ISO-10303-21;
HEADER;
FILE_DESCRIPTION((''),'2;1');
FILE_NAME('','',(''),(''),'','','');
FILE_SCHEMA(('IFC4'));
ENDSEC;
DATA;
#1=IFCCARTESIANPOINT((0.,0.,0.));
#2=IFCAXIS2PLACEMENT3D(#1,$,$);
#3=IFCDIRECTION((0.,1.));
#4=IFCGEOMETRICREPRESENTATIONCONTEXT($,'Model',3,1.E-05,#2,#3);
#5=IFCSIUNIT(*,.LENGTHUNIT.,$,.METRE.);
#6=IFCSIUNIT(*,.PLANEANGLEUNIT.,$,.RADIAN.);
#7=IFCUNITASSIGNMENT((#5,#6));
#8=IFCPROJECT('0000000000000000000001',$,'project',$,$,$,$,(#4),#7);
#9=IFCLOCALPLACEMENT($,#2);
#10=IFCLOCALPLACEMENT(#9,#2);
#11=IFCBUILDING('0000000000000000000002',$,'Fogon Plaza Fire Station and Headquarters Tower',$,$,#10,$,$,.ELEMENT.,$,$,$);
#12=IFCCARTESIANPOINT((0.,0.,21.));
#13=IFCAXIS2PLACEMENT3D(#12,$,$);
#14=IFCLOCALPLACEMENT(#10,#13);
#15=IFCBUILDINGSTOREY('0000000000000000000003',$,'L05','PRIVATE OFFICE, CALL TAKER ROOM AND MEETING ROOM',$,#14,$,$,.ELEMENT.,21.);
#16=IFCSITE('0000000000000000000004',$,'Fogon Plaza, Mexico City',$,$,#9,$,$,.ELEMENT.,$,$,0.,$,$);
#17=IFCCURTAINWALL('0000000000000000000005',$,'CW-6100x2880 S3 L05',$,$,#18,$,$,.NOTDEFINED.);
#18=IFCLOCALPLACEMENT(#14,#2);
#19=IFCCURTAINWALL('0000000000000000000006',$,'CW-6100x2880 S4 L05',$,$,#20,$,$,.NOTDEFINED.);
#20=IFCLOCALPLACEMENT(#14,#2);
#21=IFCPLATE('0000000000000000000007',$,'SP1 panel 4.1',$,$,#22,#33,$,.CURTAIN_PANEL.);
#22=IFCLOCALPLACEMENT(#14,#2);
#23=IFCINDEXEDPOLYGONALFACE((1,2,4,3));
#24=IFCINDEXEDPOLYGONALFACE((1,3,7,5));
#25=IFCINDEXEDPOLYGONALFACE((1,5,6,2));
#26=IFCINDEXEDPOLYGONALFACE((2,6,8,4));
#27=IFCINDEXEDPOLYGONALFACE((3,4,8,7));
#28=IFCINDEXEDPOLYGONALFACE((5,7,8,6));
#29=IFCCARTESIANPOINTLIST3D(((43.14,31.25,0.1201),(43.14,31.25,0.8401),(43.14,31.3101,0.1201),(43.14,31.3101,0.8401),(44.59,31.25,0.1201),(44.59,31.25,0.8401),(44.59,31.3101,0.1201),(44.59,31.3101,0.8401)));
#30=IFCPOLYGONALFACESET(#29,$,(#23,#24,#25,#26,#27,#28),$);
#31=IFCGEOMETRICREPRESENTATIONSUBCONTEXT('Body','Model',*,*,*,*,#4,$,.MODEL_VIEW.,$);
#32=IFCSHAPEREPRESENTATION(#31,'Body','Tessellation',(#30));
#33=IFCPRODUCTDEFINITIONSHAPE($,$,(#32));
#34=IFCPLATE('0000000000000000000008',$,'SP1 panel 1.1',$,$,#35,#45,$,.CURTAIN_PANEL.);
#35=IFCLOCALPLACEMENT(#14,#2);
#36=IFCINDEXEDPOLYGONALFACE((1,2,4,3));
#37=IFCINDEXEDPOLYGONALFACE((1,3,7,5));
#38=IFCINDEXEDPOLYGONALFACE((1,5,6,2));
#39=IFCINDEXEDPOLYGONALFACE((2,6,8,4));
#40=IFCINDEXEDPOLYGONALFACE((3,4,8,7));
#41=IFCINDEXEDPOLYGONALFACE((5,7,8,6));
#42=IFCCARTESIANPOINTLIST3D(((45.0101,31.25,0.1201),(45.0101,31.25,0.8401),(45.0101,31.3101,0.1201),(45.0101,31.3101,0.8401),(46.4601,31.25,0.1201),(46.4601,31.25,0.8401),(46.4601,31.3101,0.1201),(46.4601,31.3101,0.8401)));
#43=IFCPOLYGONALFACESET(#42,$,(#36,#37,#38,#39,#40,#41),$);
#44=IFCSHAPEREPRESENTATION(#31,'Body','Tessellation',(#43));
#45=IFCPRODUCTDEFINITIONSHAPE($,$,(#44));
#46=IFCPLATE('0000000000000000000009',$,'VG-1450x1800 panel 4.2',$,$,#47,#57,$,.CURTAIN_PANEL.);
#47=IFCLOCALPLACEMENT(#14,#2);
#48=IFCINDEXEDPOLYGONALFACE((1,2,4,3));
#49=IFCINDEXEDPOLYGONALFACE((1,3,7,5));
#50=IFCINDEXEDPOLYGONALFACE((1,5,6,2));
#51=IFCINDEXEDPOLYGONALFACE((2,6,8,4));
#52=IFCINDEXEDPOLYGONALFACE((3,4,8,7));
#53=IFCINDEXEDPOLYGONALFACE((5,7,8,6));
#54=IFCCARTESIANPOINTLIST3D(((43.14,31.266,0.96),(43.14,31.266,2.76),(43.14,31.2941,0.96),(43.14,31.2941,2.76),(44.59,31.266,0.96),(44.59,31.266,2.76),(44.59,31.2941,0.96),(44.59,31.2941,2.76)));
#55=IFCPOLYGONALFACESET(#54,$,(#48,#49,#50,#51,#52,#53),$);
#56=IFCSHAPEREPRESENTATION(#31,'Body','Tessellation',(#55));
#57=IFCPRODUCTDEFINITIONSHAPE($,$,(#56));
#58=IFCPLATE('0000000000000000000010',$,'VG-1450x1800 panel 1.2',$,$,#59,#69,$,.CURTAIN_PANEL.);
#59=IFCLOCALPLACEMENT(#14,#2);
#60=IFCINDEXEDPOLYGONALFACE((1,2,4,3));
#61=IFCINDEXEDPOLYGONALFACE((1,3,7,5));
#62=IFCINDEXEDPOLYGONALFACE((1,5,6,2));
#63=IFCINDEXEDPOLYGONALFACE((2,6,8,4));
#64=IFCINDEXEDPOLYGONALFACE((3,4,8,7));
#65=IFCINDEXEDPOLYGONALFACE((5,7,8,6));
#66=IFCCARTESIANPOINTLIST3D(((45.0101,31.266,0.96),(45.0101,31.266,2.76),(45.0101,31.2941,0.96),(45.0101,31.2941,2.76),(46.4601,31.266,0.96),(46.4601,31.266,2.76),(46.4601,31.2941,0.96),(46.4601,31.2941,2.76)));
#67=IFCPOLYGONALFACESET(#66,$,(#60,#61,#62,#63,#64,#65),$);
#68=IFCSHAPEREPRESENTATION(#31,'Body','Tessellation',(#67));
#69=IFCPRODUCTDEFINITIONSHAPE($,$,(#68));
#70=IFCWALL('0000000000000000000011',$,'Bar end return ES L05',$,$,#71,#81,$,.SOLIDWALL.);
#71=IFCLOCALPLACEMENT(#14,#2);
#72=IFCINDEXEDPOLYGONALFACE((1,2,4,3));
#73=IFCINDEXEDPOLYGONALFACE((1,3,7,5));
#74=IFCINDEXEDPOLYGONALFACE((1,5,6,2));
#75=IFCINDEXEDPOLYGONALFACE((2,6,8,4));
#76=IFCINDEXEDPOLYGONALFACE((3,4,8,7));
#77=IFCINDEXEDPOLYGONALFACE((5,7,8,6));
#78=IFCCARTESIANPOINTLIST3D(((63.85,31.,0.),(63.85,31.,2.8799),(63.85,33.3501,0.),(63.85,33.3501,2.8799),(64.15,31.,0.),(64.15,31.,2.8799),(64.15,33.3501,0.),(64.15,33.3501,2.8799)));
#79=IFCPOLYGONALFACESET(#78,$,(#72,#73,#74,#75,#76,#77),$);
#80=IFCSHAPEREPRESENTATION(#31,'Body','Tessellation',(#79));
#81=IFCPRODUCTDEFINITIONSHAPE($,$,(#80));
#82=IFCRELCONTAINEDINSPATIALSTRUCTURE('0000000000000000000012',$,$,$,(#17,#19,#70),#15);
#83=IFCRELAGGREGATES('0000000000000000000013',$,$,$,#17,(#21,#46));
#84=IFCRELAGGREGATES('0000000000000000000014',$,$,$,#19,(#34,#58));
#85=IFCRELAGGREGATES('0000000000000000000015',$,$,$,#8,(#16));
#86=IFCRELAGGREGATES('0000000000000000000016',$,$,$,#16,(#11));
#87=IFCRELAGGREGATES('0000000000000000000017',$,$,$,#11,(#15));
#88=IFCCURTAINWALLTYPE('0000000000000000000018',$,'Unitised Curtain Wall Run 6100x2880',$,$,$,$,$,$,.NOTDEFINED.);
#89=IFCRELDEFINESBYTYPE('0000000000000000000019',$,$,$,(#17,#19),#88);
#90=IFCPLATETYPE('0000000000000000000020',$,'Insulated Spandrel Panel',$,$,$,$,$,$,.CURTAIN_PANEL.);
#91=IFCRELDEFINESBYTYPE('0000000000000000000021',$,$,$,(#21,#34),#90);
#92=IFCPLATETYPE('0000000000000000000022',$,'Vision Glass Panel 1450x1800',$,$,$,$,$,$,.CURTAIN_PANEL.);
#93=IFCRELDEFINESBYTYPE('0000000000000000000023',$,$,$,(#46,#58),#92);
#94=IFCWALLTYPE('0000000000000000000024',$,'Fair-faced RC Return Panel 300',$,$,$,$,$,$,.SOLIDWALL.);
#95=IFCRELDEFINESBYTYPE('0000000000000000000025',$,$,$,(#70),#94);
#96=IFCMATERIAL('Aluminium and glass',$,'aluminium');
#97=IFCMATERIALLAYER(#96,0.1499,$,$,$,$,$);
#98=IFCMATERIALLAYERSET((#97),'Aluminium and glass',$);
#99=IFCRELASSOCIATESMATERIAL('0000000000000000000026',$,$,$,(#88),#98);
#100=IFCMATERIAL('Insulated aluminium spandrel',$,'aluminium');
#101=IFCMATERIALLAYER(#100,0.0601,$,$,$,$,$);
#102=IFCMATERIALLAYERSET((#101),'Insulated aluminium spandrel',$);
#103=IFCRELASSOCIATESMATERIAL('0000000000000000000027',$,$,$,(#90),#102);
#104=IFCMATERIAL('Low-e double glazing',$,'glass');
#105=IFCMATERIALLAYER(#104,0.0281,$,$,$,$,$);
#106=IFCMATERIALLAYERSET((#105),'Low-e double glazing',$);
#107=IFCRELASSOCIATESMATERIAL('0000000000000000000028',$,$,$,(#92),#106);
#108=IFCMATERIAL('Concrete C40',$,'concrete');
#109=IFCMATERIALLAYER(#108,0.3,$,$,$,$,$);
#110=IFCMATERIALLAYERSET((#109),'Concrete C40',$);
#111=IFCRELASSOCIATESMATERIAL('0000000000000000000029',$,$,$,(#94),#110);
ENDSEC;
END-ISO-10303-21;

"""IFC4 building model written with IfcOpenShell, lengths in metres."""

from ifc_helpers import new_model, si_unit, direction, frame, frame_2d, origin, origin_2d, place, context, subcontext, project, spatial, rectangle, extrude, material, layer, layer_set, type_object, element, aggregate, save


model = new_model("IFC4")

# Units and contexts
model_context = context("Model", 3, precision=1e-05, world=origin(), true_north=direction((0.0, 1.0)))
body_context = subcontext(model_context, "Body", "Model", "MODEL_VIEW")
ifc_project = project(units=[si_unit("LENGTHUNIT", "METRE"), si_unit("PLANEANGLEUNIT", "RADIAN")], contexts=[model_context])

# Site, building, storey
site_placement = place(None, origin())
site = spatial("IfcSite", under=ifc_project, at=site_placement, Name="Fogon Plaza, Mexico City", CompositionType="ELEMENT", RefElevation=0.0)
building_placement = place(site_placement, origin())
building = spatial("IfcBuilding", under=site, at=building_placement, Name="Fogon Plaza Fire Station and Headquarters Tower", CompositionType="ELEMENT")
storey_placement = place(building_placement, frame((0.0, 0.0, 21.0)))
storey = spatial("IfcBuildingStorey", under=building, at=storey_placement, Name="L05", Description="PRIVATE OFFICE, CALL TAKER ROOM AND MEETING ROOM", CompositionType="ELEMENT", Elevation=21.0)

# Curtain wall
ifc_material_1 = material(Name="Aluminium and glass", Category="aluminium")
ifc_layer_1 = layer(ifc_material_1, 0.1499)
ifc_layer_set_1 = layer_set([ifc_layer_1], Name="Aluminium and glass")
curtain_wall_type = type_object("IfcCurtainWallType", Name="Unitised Curtain Wall Run 6100x2880", PredefinedType="NOTDEFINED", material=ifc_layer_set_1)
curtain_wall_1_placement = place(storey_placement, origin())
curtain_wall_1 = element("IfcCurtainWall", 1, at=curtain_wall_1_placement, inside=storey, type_object=curtain_wall_type, Name="CW-6100x2880 S3 L05", PredefinedType="NOTDEFINED")

# Curtain wall
curtain_wall_2_placement = place(storey_placement, origin())
curtain_wall_2 = element("IfcCurtainWall", 2, at=curtain_wall_2_placement, inside=storey, type_object=curtain_wall_type, Name="CW-6100x2880 S4 L05", PredefinedType="NOTDEFINED")

# Plates
ifc_material_2 = material(Name="Insulated aluminium spandrel", Category="aluminium")
ifc_layer_2 = layer(ifc_material_2, 0.0601)
ifc_layer_set_2 = layer_set([ifc_layer_2], Name="Insulated aluminium spandrel")
plate_type_1 = type_object("IfcPlateType", Name="Insulated Spandrel Panel", PredefinedType="CURTAIN_PANEL", material=ifc_layer_set_2)
plate_1_placement = place(storey_placement, frame((43.865, 31.28, 0.1201), z_axis=(0.0, 0.0, 1.0), x_axis=(1.0, 0.0, 0.0)))
plate_1 = element("IfcPlate", 3, at=plate_1_placement, type_object=plate_type_1, Name="SP1 panel 4.1", PredefinedType="CURTAIN_PANEL", context=body_context, shape_type="SweptSolid", body=[
    extrude(rectangle(XDim=1.45, YDim=0.0601, at=origin_2d()), origin(), (0.0, 0.0, 1.0), 0.72),
])
plate_2_placement = place(storey_placement, frame((45.7351, 31.28, 0.1201), z_axis=(0.0, 0.0, 1.0), x_axis=(1.0, 0.0, 0.0)))
plate_2 = element("IfcPlate", 4, at=plate_2_placement, type_object=plate_type_1, Name="SP1 panel 1.1", PredefinedType="CURTAIN_PANEL", context=body_context, shape_type="SweptSolid", body=[
    extrude(rectangle(XDim=1.45, YDim=0.0601, at=origin_2d()), origin(), (0.0, 0.0, 1.0), 0.72),
])
ifc_material_3 = material(Name="Low-e double glazing", Category="glass")
ifc_layer_3 = layer(ifc_material_3, 0.0281)
ifc_layer_set_3 = layer_set([ifc_layer_3], Name="Low-e double glazing")
plate_type_2 = type_object("IfcPlateType", Name="Vision Glass Panel 1450x1800", PredefinedType="CURTAIN_PANEL", material=ifc_layer_set_3)
plate_3_placement = place(storey_placement, frame((43.865, 31.28, 0.96), z_axis=(0.0, 0.0, 1.0), x_axis=(1.0, 0.0, 0.0)))
plate_3 = element("IfcPlate", 5, at=plate_3_placement, type_object=plate_type_2, Name="VG-1450x1800 panel 4.2", PredefinedType="CURTAIN_PANEL", context=body_context, shape_type="SweptSolid", body=[
    extrude(rectangle(XDim=1.45, YDim=0.0281, at=origin_2d()), origin(), (0.0, 0.0, 1.0), 1.8),
])
aggregate(curtain_wall_1, [plate_1, plate_3])
plate_4_placement = place(storey_placement, frame((45.7351, 31.28, 0.96), z_axis=(0.0, 0.0, 1.0), x_axis=(1.0, 0.0, 0.0)))
plate_4 = element("IfcPlate", 6, at=plate_4_placement, type_object=plate_type_2, Name="VG-1450x1800 panel 1.2", PredefinedType="CURTAIN_PANEL", context=body_context, shape_type="SweptSolid", body=[
    extrude(rectangle(XDim=1.45, YDim=0.0281, at=origin_2d()), origin(), (0.0, 0.0, 1.0), 1.8),
])
aggregate(curtain_wall_2, [plate_2, plate_4])

# Wall
ifc_material_4 = material(Name="Concrete C40", Category="concrete")
ifc_layer_4 = layer(ifc_material_4, 0.3)
ifc_layer_set_4 = layer_set([ifc_layer_4], Name="Concrete C40")
wall_type = type_object("IfcWallType", Name="Fair-faced RC Return Panel 300", PredefinedType="SOLIDWALL", material=ifc_layer_set_4)
wall_placement = place(storey_placement, frame((64.0, 31.0, 0.0), z_axis=(0.0, 0.0, 1.0), x_axis=(0.0, 1.0, 0.0)))
element("IfcWall", 7, at=wall_placement, inside=storey, type_object=wall_type, Name="Bar end return ES L05", PredefinedType="SOLIDWALL", context=body_context, shape_type="SweptSolid", body=[
    extrude(rectangle(XDim=2.3501, YDim=0.3, at=frame_2d((1.175, 0.0))), origin(), (0.0, 0.0, 1.0), 2.8799),
])

save(model, "model.ifc")
